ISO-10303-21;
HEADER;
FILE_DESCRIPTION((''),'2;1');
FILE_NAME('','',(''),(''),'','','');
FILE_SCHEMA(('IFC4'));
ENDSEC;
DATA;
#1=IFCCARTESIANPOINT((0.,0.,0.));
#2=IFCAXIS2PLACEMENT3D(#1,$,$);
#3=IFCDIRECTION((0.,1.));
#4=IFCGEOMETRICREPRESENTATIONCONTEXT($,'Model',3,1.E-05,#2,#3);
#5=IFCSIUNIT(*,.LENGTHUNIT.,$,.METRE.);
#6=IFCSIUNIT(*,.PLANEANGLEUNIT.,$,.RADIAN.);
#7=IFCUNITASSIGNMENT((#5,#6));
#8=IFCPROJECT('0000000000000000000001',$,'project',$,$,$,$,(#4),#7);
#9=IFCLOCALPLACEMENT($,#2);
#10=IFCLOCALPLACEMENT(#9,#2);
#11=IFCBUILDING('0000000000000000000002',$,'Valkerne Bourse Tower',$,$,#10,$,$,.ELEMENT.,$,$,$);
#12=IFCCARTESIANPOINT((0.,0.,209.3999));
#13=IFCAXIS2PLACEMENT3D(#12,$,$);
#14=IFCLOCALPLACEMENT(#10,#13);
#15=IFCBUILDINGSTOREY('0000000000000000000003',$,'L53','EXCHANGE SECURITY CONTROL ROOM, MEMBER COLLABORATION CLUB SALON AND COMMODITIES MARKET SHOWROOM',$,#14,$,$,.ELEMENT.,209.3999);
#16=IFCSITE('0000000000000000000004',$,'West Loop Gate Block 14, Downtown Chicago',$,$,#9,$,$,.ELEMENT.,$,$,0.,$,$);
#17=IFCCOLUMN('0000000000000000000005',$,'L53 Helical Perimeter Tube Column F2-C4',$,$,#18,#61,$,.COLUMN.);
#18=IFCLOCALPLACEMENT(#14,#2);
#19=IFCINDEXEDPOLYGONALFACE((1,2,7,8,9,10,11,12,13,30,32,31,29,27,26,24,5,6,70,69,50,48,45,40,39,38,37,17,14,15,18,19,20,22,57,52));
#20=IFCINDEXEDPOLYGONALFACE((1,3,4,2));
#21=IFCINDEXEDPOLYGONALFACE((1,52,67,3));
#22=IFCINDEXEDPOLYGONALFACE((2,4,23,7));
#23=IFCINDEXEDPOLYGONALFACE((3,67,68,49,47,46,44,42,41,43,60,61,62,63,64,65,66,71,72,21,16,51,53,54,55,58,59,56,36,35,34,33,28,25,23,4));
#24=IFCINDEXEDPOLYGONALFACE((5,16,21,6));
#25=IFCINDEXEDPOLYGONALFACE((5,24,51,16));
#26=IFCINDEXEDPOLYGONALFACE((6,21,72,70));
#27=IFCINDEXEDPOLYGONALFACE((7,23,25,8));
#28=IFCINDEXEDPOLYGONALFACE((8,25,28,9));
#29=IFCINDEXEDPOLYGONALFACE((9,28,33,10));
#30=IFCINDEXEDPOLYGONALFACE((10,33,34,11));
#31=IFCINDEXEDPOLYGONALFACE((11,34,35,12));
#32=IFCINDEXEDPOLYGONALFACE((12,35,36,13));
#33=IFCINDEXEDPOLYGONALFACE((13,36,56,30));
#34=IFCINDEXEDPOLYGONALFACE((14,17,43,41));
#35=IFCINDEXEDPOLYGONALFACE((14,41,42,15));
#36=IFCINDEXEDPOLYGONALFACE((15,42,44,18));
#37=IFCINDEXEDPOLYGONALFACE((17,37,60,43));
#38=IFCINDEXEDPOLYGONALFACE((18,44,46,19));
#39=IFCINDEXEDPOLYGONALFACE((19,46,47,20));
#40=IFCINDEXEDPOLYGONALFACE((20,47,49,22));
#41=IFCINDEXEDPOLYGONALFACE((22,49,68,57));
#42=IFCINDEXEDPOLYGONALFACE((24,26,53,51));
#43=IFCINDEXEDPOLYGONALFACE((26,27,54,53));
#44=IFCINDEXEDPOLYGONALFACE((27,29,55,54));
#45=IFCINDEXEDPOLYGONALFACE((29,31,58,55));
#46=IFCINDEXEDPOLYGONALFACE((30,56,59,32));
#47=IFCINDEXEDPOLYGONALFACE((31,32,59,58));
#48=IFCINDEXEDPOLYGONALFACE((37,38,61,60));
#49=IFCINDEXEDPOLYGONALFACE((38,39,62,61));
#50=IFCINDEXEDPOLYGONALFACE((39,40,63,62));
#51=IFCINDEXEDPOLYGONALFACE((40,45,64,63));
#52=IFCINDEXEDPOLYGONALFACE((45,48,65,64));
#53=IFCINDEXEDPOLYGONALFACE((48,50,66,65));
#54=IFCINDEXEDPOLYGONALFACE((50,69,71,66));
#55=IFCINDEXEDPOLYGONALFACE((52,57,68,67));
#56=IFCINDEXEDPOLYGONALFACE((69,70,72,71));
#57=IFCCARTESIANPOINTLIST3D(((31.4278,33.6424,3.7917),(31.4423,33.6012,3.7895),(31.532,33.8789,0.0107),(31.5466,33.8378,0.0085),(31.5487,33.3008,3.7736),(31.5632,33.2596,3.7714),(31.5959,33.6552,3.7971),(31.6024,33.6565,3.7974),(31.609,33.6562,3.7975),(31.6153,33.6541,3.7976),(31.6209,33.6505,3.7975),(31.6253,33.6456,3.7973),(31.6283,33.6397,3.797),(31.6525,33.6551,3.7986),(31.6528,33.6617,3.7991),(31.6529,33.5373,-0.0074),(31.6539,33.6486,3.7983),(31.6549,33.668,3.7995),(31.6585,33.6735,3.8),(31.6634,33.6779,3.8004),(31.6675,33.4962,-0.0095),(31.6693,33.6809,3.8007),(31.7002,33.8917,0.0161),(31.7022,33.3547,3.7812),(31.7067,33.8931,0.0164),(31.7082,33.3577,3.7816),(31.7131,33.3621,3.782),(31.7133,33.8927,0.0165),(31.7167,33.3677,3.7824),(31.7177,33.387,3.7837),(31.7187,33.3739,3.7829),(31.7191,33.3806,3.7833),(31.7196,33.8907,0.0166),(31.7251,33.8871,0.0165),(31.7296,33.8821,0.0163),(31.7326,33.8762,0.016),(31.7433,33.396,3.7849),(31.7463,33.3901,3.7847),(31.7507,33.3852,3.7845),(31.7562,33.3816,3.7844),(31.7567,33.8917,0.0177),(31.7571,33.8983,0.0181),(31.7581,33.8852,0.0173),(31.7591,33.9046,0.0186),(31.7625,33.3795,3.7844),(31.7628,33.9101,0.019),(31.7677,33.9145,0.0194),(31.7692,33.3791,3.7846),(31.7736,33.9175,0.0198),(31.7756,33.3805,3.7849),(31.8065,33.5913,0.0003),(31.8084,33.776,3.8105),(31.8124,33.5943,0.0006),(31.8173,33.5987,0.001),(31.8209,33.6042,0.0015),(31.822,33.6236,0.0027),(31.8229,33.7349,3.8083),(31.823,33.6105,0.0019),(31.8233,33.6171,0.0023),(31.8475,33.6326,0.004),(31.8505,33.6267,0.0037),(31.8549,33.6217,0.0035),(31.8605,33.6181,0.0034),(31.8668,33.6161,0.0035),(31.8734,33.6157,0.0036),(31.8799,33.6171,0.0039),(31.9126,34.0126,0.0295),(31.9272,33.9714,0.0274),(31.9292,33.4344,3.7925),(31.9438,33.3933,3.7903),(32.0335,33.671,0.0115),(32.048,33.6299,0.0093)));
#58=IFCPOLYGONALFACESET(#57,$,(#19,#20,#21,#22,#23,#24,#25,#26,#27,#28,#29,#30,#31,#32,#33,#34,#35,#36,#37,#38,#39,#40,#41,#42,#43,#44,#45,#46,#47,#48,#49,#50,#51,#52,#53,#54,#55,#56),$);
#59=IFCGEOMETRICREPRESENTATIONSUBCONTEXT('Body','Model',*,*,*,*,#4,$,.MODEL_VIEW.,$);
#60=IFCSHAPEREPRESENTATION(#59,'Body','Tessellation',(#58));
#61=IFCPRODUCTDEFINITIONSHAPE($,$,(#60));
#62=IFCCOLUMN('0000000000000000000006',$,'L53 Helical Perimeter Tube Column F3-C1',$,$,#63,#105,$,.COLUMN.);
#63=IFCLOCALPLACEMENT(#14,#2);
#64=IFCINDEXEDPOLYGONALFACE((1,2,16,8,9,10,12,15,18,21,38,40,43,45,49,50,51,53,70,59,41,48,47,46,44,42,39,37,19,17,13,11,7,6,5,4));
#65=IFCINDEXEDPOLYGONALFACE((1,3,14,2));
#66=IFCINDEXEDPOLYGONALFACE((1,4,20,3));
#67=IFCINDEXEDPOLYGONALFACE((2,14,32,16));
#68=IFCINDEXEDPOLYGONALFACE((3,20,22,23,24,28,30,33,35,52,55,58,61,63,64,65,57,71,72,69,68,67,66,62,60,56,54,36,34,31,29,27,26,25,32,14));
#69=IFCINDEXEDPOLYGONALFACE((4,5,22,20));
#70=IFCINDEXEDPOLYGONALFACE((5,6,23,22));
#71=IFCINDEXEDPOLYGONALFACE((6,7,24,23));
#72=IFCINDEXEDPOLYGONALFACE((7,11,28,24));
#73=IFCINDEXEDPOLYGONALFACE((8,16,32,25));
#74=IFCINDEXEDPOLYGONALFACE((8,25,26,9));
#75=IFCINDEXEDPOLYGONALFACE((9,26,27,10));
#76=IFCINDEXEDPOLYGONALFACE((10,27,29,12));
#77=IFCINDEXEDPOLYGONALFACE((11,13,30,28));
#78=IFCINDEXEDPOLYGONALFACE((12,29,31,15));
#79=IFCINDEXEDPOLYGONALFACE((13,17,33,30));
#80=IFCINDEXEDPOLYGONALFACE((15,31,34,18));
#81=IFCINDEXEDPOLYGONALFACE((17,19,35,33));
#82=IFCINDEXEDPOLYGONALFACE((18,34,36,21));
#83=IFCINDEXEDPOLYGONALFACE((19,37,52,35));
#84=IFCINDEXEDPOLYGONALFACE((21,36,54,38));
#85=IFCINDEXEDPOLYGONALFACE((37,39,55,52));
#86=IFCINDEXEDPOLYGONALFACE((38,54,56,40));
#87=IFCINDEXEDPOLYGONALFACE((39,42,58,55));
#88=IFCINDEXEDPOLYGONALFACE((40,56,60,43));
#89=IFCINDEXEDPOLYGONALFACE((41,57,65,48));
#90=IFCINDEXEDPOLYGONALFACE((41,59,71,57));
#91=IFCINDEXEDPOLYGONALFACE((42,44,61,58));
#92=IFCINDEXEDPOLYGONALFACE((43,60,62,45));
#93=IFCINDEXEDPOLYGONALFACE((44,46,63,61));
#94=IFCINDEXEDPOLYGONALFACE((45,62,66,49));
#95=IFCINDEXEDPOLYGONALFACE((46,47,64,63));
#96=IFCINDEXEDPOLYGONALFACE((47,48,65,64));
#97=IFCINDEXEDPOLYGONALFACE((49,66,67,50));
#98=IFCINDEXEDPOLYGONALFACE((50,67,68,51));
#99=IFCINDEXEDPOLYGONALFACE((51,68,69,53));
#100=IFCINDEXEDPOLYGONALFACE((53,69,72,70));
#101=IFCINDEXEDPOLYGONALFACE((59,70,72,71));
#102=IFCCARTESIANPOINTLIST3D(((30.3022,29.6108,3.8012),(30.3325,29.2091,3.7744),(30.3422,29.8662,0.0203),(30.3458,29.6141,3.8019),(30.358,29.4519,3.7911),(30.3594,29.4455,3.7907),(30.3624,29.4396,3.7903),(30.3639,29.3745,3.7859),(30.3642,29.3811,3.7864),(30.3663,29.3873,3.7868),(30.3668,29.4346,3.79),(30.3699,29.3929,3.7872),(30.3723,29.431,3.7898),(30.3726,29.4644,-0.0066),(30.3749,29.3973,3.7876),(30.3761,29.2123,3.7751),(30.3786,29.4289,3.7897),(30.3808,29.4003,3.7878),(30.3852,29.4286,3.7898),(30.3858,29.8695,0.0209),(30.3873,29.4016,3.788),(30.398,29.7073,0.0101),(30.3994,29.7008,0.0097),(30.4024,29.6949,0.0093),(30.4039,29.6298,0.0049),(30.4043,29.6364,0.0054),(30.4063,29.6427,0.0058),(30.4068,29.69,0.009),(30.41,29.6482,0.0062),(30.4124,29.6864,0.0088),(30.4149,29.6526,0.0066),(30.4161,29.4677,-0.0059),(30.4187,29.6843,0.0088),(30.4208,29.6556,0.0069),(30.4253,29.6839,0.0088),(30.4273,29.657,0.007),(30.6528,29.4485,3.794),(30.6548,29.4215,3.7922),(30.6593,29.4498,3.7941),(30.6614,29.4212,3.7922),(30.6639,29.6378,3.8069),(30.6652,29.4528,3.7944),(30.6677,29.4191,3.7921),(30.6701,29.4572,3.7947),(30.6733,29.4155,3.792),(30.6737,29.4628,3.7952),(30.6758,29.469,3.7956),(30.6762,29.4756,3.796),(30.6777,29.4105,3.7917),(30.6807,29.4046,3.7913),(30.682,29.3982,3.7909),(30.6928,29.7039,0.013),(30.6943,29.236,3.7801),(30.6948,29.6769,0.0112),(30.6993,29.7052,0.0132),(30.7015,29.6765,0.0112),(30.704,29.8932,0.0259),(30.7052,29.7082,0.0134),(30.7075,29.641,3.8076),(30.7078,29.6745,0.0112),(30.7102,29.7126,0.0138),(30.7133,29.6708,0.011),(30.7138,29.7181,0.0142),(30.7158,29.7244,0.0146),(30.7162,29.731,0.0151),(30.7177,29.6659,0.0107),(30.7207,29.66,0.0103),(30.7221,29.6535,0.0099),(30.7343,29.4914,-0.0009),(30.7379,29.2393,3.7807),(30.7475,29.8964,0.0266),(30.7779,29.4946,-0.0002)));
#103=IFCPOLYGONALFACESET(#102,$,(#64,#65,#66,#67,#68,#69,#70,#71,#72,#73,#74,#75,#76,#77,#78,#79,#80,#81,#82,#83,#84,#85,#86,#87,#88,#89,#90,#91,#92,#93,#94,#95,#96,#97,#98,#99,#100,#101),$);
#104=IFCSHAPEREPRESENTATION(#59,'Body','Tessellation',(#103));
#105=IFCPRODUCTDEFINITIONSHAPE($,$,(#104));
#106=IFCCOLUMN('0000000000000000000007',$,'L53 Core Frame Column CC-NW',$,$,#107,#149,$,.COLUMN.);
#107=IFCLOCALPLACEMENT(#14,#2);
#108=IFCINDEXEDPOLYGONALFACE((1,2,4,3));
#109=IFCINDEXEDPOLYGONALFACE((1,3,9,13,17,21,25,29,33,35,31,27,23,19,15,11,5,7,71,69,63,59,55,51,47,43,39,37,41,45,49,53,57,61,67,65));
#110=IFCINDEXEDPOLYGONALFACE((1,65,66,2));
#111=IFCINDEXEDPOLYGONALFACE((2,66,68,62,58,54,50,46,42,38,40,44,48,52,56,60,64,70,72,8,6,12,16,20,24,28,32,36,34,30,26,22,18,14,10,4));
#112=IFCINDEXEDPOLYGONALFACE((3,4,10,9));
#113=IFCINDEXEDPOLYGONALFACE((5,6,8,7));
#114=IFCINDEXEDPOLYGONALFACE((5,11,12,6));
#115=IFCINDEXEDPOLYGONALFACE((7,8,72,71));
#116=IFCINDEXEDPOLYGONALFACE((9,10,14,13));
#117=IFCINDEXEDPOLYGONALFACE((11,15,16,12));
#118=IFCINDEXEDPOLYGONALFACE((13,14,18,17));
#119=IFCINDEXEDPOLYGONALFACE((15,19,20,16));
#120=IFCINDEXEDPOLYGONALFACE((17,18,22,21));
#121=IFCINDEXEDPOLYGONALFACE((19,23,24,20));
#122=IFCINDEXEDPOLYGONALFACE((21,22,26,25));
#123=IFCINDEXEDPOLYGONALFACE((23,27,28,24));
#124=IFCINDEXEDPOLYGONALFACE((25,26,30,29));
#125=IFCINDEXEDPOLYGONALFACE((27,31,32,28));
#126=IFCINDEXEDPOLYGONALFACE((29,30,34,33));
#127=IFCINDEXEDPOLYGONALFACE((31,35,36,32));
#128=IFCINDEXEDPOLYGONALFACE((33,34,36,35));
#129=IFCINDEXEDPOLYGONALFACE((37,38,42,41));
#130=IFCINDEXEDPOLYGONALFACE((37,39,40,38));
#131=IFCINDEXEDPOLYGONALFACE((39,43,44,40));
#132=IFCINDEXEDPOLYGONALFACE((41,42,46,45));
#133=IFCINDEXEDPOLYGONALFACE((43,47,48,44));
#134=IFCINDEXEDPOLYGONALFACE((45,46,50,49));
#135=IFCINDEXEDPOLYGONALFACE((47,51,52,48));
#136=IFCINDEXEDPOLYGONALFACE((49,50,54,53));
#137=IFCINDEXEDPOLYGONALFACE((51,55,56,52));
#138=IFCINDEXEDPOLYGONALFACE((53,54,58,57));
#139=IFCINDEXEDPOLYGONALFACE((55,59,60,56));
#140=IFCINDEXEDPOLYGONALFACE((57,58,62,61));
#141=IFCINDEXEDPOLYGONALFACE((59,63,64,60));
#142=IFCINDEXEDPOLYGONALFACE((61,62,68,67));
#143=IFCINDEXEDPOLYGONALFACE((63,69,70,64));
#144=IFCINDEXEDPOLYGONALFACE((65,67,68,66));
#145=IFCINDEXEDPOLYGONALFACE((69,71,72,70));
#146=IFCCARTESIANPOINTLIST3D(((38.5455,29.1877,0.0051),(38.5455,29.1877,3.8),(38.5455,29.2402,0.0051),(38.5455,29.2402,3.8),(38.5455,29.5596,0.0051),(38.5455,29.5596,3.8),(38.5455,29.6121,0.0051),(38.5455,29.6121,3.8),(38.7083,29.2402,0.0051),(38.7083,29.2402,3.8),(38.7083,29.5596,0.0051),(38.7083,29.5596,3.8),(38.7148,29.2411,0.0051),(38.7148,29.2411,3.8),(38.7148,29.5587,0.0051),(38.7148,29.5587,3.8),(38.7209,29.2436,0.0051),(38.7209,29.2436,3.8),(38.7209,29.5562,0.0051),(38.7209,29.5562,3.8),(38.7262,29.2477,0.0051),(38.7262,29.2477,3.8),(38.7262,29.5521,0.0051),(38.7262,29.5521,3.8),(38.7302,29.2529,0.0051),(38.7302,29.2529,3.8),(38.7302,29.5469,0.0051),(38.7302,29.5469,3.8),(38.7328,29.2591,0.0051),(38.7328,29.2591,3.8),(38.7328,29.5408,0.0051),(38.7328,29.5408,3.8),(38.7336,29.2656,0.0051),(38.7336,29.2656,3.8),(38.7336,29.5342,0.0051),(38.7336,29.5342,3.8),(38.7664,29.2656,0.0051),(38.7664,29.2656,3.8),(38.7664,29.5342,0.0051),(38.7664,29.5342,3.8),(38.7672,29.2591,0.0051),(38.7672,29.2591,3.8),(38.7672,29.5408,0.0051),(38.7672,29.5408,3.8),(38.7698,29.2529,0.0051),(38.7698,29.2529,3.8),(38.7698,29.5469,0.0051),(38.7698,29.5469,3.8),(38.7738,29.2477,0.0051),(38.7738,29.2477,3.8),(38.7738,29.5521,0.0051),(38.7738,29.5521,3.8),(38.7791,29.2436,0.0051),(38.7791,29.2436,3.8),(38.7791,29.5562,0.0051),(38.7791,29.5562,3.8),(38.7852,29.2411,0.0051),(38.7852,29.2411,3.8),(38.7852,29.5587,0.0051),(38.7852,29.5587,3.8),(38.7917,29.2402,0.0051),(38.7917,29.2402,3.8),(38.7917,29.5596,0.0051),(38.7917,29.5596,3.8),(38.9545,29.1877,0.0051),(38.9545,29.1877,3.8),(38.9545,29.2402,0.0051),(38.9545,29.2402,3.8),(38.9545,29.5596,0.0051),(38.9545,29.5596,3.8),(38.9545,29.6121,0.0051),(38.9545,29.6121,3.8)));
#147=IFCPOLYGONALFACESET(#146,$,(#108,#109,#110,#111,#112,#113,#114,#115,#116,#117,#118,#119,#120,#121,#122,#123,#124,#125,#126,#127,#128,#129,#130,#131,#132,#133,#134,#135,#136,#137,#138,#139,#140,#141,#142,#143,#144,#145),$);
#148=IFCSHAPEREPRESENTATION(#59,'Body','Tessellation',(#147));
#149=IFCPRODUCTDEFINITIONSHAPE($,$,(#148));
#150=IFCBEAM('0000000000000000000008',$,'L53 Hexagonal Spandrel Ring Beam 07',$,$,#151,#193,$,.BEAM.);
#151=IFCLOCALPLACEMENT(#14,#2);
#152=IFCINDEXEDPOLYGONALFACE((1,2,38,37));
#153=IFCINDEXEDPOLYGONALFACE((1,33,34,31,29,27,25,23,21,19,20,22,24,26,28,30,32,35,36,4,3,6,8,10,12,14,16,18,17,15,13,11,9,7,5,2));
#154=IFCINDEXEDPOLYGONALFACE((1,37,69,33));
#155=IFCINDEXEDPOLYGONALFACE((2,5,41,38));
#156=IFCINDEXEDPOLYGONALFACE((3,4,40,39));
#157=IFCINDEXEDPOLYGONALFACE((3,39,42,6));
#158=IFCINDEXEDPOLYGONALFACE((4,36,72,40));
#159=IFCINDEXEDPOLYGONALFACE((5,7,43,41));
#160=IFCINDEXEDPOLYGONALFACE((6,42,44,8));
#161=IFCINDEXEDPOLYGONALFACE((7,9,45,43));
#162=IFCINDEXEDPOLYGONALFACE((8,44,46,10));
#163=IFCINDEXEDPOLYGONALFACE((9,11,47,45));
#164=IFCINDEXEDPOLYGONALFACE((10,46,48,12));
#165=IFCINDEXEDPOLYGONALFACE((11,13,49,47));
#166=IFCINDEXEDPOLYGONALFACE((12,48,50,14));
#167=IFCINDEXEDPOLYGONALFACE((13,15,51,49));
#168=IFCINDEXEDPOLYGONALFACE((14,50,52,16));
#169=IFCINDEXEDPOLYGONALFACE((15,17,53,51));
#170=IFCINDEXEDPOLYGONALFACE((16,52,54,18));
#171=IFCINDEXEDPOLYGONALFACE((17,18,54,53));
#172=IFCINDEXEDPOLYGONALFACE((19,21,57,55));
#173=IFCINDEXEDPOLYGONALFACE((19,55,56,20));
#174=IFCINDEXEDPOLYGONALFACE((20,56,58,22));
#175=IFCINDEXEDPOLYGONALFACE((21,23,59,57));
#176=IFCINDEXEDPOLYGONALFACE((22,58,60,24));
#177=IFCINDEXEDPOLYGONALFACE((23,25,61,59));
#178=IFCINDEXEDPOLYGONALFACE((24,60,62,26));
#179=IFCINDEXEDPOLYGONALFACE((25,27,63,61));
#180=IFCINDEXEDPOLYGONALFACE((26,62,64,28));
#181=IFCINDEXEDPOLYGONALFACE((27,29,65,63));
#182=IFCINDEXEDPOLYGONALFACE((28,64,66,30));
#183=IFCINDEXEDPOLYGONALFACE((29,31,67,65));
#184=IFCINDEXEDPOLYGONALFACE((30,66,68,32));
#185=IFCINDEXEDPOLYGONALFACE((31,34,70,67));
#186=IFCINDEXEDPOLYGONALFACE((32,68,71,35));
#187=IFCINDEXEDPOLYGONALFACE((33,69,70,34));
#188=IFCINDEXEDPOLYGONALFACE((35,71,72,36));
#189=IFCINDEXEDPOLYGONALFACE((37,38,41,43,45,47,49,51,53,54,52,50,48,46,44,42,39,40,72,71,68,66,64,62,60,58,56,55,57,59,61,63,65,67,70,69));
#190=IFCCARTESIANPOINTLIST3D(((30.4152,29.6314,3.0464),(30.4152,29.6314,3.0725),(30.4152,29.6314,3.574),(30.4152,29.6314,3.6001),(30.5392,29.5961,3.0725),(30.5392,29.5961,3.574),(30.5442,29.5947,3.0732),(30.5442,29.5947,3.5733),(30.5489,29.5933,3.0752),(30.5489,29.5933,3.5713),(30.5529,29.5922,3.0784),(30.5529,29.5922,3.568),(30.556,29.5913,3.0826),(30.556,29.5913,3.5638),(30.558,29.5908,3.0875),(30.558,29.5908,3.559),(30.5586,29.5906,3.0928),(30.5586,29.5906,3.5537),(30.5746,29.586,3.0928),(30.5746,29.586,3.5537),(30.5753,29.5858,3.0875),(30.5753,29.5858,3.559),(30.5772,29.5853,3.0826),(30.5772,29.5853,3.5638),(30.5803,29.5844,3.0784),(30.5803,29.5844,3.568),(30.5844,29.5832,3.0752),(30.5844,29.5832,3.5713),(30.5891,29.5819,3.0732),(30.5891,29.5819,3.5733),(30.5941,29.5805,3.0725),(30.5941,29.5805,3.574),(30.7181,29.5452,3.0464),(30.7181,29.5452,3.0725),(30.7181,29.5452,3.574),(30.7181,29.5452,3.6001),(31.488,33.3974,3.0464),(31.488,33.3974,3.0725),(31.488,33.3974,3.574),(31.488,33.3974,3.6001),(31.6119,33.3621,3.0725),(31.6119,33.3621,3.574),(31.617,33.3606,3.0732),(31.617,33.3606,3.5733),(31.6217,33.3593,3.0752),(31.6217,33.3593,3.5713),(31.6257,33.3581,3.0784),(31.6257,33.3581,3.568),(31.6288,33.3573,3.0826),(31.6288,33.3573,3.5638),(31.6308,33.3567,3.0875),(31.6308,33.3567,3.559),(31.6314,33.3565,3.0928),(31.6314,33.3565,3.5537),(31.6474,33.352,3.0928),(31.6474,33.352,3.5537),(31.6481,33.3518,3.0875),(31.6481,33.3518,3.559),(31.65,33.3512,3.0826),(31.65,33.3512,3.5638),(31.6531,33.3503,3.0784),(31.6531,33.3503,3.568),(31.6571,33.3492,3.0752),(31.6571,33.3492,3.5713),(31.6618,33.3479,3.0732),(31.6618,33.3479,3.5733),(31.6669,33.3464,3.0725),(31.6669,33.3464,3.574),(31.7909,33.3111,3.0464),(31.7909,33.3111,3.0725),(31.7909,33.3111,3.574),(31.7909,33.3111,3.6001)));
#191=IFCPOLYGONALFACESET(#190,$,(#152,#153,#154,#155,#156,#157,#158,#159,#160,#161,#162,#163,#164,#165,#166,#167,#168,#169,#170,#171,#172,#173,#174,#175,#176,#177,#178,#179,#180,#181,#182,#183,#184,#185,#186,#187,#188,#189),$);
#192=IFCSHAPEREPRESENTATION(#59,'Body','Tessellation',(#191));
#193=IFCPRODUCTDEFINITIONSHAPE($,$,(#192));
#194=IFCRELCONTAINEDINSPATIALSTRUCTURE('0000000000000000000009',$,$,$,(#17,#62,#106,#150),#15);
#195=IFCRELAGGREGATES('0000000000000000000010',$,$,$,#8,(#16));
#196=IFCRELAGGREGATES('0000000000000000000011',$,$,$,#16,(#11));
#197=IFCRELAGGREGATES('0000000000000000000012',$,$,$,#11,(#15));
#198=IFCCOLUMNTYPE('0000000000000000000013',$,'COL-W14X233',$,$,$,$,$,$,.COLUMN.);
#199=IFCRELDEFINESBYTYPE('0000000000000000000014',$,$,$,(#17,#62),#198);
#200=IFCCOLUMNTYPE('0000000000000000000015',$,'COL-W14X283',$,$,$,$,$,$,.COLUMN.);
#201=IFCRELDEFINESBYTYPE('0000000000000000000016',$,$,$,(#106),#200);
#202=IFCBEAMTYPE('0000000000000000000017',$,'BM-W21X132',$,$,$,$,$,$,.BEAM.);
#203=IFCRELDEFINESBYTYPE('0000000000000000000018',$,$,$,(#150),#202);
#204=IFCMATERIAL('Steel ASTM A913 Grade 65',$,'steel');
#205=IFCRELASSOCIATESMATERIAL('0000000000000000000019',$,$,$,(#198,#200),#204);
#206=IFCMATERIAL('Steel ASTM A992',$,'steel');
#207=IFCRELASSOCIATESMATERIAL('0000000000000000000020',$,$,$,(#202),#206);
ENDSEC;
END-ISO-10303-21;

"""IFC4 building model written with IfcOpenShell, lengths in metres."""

from ifc_helpers import new_model, si_unit, direction, frame, origin, origin_2d, place, context, subcontext, project, spatial, i_section, extrude, material, material_profile, profile_set, type_object, element, save


model = new_model("IFC4")

# Units and contexts
model_context = context("Model", 3, precision=1e-05, world=origin(), true_north=direction((0.0, 1.0)))
body_context = subcontext(model_context, "Body", "Model", "MODEL_VIEW")
ifc_project = project(units=[si_unit("LENGTHUNIT", "METRE"), si_unit("PLANEANGLEUNIT", "RADIAN")], contexts=[model_context])

# Site, building, storey
site_placement = place(None, origin())
site = spatial("IfcSite", under=ifc_project, at=site_placement, Name="West Loop Gate Block 14, Downtown Chicago", CompositionType="ELEMENT", RefElevation=0.0)
building_placement = place(site_placement, origin())
building = spatial("IfcBuilding", under=site, at=building_placement, Name="Valkerne Bourse Tower", CompositionType="ELEMENT")
storey_placement = place(building_placement, frame((0.0, 0.0, 209.3999)))
storey = spatial("IfcBuildingStorey", under=building, at=storey_placement, Name="L53", Description="EXCHANGE SECURITY CONTROL ROOM, MEMBER COLLABORATION CLUB SALON AND COMMODITIES MARKET SHOWROOM", CompositionType="ELEMENT", Elevation=209.3999)

# Columns
ifc_material_1 = material(Name="Steel ASTM A913 Grade 65", Category="steel")
ifc_material_profile_1 = material_profile(ifc_material_1, i_section(OverallWidth=0.4038, OverallDepth=0.4065, WebThickness=0.0271, FlangeThickness=0.0437, FilletRadius=0.0254, at=origin_2d()), Name="W14X233")
ifc_profile_set_1 = profile_set([ifc_material_profile_1], Name="Steel ASTM A913 Grade 65")
column_type_1 = type_object("IfcColumnType", Name="COL-W14X233", PredefinedType="COLUMN", material=ifc_profile_set_1)
for number, where, z_axis, x_axis, name in (
    (1, (31.79, 33.7544, 0.01), (-0.027507, -0.062423, 0.997671), (-0.942471, -0.331012, -0.046696), "L53 Helical Perimeter Tube Column F2-C4"),
    (2, (30.5601, 29.6804, 0.01), (-0.010565, -0.067383, 0.997671), (0.075143, -0.994959, -0.066404), "L53 Helical Perimeter Tube Column F3-C1"),
):
    element("IfcColumn", number, at=place(storey_placement, frame(where, z_axis=z_axis, x_axis=x_axis)), inside=storey, type_object=column_type_1, Name=name, PredefinedType="COLUMN", context=body_context, shape_type="SweptSolid", body=[
        extrude(i_section(OverallWidth=0.4038, OverallDepth=0.4065, WebThickness=0.0271, FlangeThickness=0.0437, FilletRadius=0.0254, at=origin_2d()), origin(), (0.0, 0.0, 1.0), 3.7898),
    ])
ifc_material_profile_2 = material_profile(ifc_material_1, i_section(OverallWidth=0.4089, OverallDepth=0.4243, WebThickness=0.0327, FlangeThickness=0.0525, FilletRadius=0.0254, at=origin_2d()), Name="W14X283")
ifc_profile_set_2 = profile_set([ifc_material_profile_2], Name="Steel ASTM A913 Grade 65")
column_type_2 = type_object("IfcColumnType", Name="COL-W14X283", PredefinedType="COLUMN", material=ifc_profile_set_2)
column_placement = place(storey_placement, frame((38.75, 29.3999, 0.0051), z_axis=(0.0, 0.0, 1.0), x_axis=(1.0, 0.0, 0.0)))
element("IfcColumn", 3, at=column_placement, inside=storey, type_object=column_type_2, Name="L53 Core Frame Column CC-NW", PredefinedType="COLUMN", context=body_context, shape_type="SweptSolid", body=[
    extrude(i_section(OverallWidth=0.4089, OverallDepth=0.4243, WebThickness=0.0327, FlangeThickness=0.0525, FilletRadius=0.0254, at=origin_2d()), origin(), (0.0, 0.0, 1.0), 3.7949),
])

# Beam
ifc_material_2 = material(Name="Steel ASTM A992", Category="steel")
ifc_material_profile_3 = material_profile(ifc_material_2, i_section(OverallWidth=0.3149, OverallDepth=0.5537, WebThickness=0.0166, FlangeThickness=0.0261, FilletRadius=0.0203, at=origin_2d()), Name="W21X132")
ifc_profile_set_3 = profile_set([ifc_material_profile_3], Name="Steel ASTM A992")
beam_type_1 = type_object("IfcBeamType", Name="BM-W21X132", PredefinedType="BEAM", material=ifc_profile_set_3)
beam_1_placement = place(storey_placement, frame((31.6394, 33.3542, 3.3232), z_axis=(-0.273963, -0.96174, 0.0), x_axis=(0.96174, -0.273963, 0.0)))
element("IfcBeam", 4, at=beam_1_placement, inside=storey, type_object=beam_type_1, Name="L53 Hexagonal Spandrel Ring Beam 07", PredefinedType="BEAM", context=body_context, shape_type="SweptSolid", body=[
    extrude(i_section(OverallWidth=0.3149, OverallDepth=0.5537, WebThickness=0.0166, FlangeThickness=0.0261, FilletRadius=0.0203, at=origin_2d()), origin(), (0.0, 0.0, 1.0), 3.9158),
])

save(model, "model.ifc")
